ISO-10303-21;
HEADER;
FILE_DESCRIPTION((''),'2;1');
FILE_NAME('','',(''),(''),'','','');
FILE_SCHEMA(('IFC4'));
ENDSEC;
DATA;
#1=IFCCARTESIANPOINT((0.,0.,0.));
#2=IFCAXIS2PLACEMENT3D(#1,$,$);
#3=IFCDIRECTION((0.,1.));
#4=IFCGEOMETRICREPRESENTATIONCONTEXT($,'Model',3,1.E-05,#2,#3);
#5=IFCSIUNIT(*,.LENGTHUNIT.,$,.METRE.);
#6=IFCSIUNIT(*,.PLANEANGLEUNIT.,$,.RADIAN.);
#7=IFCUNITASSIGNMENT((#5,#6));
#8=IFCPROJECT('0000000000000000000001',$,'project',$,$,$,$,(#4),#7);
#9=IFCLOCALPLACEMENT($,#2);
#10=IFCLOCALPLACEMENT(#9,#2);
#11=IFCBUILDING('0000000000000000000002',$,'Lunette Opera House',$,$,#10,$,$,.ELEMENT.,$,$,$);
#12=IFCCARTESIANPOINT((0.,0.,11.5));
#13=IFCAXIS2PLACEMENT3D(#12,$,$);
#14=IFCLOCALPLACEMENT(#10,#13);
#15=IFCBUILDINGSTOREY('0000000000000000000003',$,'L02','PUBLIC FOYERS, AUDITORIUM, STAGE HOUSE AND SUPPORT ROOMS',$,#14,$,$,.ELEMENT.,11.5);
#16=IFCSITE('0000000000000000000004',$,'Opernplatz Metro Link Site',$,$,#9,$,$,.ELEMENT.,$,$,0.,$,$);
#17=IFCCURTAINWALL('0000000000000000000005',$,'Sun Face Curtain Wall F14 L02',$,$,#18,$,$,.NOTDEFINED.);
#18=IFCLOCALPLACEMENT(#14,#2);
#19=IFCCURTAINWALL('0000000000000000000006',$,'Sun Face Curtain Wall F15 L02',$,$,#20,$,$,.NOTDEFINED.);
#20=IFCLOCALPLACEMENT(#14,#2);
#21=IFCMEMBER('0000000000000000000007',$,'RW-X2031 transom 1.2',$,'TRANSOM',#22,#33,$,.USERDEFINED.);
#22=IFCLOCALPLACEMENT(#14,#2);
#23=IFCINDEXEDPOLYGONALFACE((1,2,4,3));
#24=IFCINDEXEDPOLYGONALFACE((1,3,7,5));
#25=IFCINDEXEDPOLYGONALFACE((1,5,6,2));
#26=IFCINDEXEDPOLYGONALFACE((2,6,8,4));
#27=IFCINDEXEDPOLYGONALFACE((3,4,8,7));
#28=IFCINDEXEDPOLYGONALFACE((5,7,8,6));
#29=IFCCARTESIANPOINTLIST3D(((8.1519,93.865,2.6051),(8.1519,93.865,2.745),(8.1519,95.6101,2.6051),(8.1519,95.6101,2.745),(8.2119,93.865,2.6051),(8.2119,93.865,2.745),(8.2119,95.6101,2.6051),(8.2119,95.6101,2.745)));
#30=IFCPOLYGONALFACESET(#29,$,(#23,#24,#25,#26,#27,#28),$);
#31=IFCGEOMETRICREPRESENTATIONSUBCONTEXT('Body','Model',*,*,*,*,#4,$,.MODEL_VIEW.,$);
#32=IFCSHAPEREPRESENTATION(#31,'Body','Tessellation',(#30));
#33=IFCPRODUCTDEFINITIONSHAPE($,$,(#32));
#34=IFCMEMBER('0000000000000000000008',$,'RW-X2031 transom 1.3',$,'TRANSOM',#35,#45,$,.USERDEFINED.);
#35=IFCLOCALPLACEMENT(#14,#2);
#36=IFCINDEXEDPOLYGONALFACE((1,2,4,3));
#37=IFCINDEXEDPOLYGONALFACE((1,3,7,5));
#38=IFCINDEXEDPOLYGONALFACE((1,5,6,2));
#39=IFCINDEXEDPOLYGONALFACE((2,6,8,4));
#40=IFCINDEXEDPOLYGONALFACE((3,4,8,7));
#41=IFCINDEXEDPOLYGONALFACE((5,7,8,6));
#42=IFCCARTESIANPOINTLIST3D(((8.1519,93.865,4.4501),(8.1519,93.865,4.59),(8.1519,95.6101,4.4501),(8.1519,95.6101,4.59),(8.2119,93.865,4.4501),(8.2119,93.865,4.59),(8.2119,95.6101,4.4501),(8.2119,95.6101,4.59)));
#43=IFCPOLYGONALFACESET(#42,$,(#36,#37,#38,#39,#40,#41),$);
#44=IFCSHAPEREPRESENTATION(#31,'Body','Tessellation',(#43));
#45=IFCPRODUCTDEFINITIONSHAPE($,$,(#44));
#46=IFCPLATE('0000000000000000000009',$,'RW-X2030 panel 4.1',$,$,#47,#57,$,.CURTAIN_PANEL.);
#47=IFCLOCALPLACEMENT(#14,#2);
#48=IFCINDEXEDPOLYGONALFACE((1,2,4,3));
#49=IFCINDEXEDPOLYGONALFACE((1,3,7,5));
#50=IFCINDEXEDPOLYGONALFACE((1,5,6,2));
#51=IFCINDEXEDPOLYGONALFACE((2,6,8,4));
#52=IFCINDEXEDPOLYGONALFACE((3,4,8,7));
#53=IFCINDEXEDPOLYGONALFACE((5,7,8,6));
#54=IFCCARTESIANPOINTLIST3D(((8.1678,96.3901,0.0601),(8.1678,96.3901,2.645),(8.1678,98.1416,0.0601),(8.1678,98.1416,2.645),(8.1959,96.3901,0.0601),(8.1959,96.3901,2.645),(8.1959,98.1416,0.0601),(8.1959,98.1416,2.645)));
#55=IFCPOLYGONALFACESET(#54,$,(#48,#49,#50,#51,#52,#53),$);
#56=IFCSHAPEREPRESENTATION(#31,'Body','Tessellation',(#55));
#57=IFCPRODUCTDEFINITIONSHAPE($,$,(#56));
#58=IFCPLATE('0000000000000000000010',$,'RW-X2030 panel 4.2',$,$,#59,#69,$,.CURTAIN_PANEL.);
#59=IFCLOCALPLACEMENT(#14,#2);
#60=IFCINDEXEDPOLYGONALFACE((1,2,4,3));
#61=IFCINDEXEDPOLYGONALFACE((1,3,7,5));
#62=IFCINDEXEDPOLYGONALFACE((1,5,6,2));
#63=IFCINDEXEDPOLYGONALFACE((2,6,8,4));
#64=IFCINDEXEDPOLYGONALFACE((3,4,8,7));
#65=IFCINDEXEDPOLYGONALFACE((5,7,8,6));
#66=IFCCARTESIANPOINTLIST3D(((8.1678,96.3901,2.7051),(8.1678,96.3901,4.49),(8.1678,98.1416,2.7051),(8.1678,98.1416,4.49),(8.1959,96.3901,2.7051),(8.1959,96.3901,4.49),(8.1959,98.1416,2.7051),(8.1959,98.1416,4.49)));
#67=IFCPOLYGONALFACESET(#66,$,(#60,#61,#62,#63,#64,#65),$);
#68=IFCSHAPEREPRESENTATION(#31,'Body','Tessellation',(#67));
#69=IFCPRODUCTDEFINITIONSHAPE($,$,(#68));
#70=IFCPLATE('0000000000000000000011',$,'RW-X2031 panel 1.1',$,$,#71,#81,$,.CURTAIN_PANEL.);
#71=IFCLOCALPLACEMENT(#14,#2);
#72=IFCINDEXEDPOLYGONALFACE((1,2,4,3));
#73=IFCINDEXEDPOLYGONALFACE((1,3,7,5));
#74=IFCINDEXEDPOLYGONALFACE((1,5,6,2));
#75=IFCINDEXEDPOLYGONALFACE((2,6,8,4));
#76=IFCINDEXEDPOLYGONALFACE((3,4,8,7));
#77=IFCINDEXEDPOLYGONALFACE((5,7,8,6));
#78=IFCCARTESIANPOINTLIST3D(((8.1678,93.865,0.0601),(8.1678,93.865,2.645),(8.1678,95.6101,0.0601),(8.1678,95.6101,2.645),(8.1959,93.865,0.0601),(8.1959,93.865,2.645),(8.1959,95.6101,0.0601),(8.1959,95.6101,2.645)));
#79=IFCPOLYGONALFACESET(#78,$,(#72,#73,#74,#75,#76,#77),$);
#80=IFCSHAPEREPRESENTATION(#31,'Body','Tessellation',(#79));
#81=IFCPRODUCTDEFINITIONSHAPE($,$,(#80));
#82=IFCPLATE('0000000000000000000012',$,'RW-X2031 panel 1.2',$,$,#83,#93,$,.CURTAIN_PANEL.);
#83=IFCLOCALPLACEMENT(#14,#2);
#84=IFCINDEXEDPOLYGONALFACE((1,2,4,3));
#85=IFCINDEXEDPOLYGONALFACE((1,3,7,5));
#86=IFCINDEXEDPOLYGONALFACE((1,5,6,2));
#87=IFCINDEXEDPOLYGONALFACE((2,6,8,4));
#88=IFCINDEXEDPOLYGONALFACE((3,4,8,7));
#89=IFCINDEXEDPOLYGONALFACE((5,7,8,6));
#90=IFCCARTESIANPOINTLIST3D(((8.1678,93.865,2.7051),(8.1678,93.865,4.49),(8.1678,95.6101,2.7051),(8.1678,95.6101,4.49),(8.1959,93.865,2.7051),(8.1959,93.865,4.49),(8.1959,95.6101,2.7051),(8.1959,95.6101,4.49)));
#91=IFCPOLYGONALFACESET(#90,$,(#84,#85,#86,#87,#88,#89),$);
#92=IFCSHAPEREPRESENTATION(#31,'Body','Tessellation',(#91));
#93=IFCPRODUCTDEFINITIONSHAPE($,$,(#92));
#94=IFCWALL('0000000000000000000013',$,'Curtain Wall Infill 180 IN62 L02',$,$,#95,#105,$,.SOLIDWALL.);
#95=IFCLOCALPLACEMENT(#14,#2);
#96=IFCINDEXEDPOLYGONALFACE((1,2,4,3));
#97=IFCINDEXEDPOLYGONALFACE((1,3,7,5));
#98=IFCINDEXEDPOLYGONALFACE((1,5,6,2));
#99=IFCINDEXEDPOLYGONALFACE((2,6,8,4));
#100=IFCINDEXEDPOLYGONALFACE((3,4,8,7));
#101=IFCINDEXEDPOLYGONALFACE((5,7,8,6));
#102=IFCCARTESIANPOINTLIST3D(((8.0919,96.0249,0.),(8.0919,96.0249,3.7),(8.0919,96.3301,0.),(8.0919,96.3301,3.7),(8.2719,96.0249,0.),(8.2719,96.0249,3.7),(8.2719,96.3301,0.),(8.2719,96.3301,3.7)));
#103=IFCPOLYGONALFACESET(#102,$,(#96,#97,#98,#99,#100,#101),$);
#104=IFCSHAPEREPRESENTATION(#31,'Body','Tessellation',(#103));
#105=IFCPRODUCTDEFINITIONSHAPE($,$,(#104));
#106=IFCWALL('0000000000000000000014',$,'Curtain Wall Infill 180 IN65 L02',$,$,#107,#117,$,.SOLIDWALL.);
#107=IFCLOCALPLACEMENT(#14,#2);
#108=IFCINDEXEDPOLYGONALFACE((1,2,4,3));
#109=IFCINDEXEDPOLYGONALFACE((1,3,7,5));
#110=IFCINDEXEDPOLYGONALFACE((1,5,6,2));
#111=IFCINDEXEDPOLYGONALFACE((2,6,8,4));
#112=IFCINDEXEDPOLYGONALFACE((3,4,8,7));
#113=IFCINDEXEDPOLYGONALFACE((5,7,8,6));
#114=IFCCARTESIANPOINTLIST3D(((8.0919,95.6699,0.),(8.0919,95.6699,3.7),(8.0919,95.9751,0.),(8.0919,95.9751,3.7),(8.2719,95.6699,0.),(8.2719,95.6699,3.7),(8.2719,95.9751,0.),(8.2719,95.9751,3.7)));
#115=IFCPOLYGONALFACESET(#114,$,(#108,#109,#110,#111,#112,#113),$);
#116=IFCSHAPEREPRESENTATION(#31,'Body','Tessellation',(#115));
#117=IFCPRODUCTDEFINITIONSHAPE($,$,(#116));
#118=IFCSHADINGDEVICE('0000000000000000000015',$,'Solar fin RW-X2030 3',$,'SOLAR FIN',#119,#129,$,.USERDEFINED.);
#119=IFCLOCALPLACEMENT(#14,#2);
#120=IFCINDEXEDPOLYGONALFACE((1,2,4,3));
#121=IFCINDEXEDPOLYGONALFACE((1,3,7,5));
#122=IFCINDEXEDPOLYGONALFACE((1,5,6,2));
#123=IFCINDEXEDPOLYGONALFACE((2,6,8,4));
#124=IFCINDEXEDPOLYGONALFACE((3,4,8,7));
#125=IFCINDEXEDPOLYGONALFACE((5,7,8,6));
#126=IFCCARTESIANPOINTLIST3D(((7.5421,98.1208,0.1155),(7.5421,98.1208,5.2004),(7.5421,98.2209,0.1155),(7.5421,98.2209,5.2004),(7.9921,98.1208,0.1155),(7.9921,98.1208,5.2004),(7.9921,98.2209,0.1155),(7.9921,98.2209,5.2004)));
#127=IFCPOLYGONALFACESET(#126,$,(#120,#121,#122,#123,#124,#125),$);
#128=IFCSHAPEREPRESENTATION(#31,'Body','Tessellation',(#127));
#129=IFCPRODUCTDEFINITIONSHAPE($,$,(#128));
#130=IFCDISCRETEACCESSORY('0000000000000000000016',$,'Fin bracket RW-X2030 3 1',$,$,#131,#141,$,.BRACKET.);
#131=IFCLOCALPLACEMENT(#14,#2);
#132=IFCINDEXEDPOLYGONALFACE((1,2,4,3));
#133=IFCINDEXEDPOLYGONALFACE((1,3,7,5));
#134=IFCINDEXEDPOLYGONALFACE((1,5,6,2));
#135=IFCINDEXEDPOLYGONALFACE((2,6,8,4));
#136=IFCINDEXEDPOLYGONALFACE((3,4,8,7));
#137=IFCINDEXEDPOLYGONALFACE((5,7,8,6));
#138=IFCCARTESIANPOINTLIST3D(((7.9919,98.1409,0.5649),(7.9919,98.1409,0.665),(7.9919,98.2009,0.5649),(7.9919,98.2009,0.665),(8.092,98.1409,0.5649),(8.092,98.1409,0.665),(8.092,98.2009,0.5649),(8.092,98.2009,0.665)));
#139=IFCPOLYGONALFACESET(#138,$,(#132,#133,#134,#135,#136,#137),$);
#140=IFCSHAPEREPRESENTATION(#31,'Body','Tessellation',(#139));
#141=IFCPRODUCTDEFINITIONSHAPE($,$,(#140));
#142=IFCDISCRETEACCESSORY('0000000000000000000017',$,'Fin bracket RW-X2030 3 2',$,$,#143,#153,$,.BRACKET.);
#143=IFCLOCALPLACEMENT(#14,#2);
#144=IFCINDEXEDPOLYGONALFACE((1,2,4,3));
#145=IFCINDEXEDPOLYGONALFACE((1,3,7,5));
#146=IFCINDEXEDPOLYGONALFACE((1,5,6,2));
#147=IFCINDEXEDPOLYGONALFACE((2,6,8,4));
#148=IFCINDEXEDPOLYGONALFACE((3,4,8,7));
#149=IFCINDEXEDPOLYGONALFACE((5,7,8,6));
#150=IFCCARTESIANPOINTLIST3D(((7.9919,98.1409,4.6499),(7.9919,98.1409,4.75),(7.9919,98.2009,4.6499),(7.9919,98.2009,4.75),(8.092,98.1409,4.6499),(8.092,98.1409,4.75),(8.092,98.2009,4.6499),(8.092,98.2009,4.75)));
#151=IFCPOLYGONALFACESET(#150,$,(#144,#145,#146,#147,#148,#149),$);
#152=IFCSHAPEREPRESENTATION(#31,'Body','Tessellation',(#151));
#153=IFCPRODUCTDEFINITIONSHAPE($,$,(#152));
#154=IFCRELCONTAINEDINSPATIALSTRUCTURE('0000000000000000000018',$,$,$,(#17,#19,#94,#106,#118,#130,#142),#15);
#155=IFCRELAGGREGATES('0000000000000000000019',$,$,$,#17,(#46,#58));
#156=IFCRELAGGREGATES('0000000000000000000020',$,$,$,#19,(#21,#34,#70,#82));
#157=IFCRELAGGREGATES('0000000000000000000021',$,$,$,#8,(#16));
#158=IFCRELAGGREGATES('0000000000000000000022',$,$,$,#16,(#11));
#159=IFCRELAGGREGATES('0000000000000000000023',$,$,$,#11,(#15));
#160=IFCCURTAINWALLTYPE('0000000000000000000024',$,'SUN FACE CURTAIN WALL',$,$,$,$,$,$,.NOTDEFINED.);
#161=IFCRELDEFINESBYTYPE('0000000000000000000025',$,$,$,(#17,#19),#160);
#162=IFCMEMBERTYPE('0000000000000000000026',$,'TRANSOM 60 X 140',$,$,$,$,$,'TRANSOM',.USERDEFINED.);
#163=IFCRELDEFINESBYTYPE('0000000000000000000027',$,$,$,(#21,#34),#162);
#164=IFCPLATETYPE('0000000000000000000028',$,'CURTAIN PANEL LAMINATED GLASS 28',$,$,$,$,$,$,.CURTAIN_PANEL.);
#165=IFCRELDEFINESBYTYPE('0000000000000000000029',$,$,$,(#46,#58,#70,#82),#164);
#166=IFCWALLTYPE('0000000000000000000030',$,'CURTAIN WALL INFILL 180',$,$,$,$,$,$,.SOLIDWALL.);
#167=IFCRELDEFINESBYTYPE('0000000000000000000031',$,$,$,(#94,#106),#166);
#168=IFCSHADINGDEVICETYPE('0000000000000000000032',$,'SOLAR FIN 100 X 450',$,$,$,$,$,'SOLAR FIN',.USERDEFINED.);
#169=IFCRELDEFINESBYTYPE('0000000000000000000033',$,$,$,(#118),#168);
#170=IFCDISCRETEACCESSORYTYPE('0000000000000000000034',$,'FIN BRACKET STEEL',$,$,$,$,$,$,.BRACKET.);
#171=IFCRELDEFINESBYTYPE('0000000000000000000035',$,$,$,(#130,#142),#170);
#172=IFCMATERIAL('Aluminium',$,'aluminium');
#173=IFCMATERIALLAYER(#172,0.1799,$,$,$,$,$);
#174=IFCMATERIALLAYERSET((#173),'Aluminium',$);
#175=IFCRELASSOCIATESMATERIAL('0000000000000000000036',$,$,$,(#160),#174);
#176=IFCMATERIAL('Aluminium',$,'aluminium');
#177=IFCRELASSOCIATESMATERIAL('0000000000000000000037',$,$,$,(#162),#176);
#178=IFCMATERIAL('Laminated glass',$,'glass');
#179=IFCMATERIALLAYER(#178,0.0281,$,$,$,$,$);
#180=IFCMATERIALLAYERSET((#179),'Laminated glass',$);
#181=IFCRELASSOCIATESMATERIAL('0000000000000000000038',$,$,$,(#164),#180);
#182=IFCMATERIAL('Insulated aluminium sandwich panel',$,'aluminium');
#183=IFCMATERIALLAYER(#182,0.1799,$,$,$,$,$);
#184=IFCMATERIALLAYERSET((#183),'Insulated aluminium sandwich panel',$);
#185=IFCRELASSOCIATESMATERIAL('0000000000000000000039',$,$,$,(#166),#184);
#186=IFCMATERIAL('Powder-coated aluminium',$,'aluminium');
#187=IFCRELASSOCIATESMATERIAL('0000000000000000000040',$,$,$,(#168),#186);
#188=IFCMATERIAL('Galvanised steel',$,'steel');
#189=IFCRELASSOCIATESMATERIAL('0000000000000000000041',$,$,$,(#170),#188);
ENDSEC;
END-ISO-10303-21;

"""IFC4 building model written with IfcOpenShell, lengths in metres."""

from ifc_helpers import new_model, si_unit, direction, frame, frame_2d, origin, origin_2d, place, context, subcontext, project, spatial, rectangle, extrude, material, layer, layer_set, material_profile, profile_set, type_object, element, aggregate, save


model = new_model("IFC4")

# Units and contexts
model_context = context("Model", 3, precision=1e-05, world=origin(), true_north=direction((0.0, 1.0)))
body_context = subcontext(model_context, "Body", "Model", "MODEL_VIEW")
ifc_project = project(units=[si_unit("LENGTHUNIT", "METRE"), si_unit("PLANEANGLEUNIT", "RADIAN")], contexts=[model_context])

# Site, building, storey
site_placement = place(None, origin())
site = spatial("IfcSite", under=ifc_project, at=site_placement, Name="Opernplatz Metro Link Site", CompositionType="ELEMENT", RefElevation=0.0)
building_placement = place(site_placement, origin())
building = spatial("IfcBuilding", under=site, at=building_placement, Name="Lunette Opera House", CompositionType="ELEMENT")
storey_placement = place(building_placement, frame((0.0, 0.0, 11.5)))
storey = spatial("IfcBuildingStorey", under=building, at=storey_placement, Name="L02", Description="PUBLIC FOYERS, AUDITORIUM, STAGE HOUSE AND SUPPORT ROOMS", CompositionType="ELEMENT", Elevation=11.5)

# Curtain wall
ifc_material_1 = material(Name="Aluminium", Category="aluminium")
ifc_layer_1 = layer(ifc_material_1, 0.1799)
ifc_layer_set_1 = layer_set([ifc_layer_1], Name="Aluminium")
curtain_wall_type = type_object("IfcCurtainWallType", Name="SUN FACE CURTAIN WALL", PredefinedType="NOTDEFINED", material=ifc_layer_set_1)
curtain_wall_1_placement = place(storey_placement, origin())
curtain_wall_1 = element("IfcCurtainWall", 1, at=curtain_wall_1_placement, inside=storey, type_object=curtain_wall_type, Name="Sun Face Curtain Wall F14 L02", PredefinedType="NOTDEFINED")

# Curtain wall
curtain_wall_2_placement = place(storey_placement, origin())
curtain_wall_2 = element("IfcCurtainWall", 2, at=curtain_wall_2_placement, inside=storey, type_object=curtain_wall_type, Name="Sun Face Curtain Wall F15 L02", PredefinedType="NOTDEFINED")

# Members
ifc_material_2 = material(Name="Aluminium", Category="aluminium")
ifc_material_profile_1 = material_profile(ifc_material_2, rectangle(XDim=0.0601, YDim=0.1399, at=origin_2d()), Name="TRANSOM 60 X 140")
ifc_profile_set_1 = profile_set([ifc_material_profile_1], Name="Aluminium")
member_type_1 = type_object("IfcMemberType", Name="TRANSOM 60 X 140", ElementType="TRANSOM", PredefinedType="USERDEFINED", material=ifc_profile_set_1)
member_1_placement = place(storey_placement, frame((8.1819, 95.6101, 2.675), z_axis=(0.0, -1.0, 0.0), x_axis=(1.0, 0.0, 0.0)))
member_1 = element("IfcMember", 3, at=member_1_placement, type_object=member_type_1, Name="RW-X2031 transom 1.2", ObjectType="TRANSOM", PredefinedType="USERDEFINED", context=body_context, shape_type="SweptSolid", body=[
    extrude(rectangle(XDim=0.0601, YDim=0.1399, at=origin_2d()), origin(), (0.0, 0.0, 1.0), 1.7451),
])
member_2_placement = place(storey_placement, frame((8.1819, 95.6101, 4.52), z_axis=(0.0, -1.0, 0.0), x_axis=(1.0, 0.0, 0.0)))
member_2 = element("IfcMember", 4, at=member_2_placement, type_object=member_type_1, Name="RW-X2031 transom 1.3", ObjectType="TRANSOM", PredefinedType="USERDEFINED", context=body_context, shape_type="SweptSolid", body=[
    extrude(rectangle(XDim=0.0601, YDim=0.1399, at=origin_2d()), origin(), (0.0, 0.0, 1.0), 1.7451),
])

# Plates
ifc_material_3 = material(Name="Laminated glass", Category="glass")
ifc_layer_2 = layer(ifc_material_3, 0.0281)
ifc_layer_set_2 = layer_set([ifc_layer_2], Name="Laminated glass")
plate_type = type_object("IfcPlateType", Name="CURTAIN PANEL LAMINATED GLASS 28", PredefinedType="CURTAIN_PANEL", material=ifc_layer_set_2)
plate_1_placement = place(storey_placement, frame((8.1819, 97.2659, 0.0601), z_axis=(0.0, 0.0, 1.0), x_axis=(0.0, -1.0, 0.0)))
plate_1 = element("IfcPlate", 5, at=plate_1_placement, type_object=plate_type, Name="RW-X2030 panel 4.1", PredefinedType="CURTAIN_PANEL", context=body_context, shape_type="SweptSolid", body=[
    extrude(rectangle(XDim=1.7515, YDim=0.0281, at=origin_2d()), origin(), (0.0, 0.0, 1.0), 2.585),
])
plate_2_placement = place(storey_placement, frame((8.1819, 97.2659, 2.7051), z_axis=(0.0, 0.0, 1.0), x_axis=(0.0, -1.0, 0.0)))
plate_2 = element("IfcPlate", 6, at=plate_2_placement, type_object=plate_type, Name="RW-X2030 panel 4.2", PredefinedType="CURTAIN_PANEL", context=body_context, shape_type="SweptSolid", body=[
    extrude(rectangle(XDim=1.7515, YDim=0.0281, at=origin_2d()), origin(), (0.0, 0.0, 1.0), 1.7849),
])
aggregate(curtain_wall_1, [plate_1, plate_2])
plate_3_placement = place(storey_placement, frame((8.1819, 94.7375, 0.0601), z_axis=(0.0, 0.0, 1.0), x_axis=(0.0, -1.0, 0.0)))
plate_3 = element("IfcPlate", 7, at=plate_3_placement, type_object=plate_type, Name="RW-X2031 panel 1.1", PredefinedType="CURTAIN_PANEL", context=body_context, shape_type="SweptSolid", body=[
    extrude(rectangle(XDim=1.7451, YDim=0.0281, at=origin_2d()), origin(), (0.0, 0.0, 1.0), 2.585),
])
plate_4_placement = place(storey_placement, frame((8.1819, 94.7375, 2.7051), z_axis=(0.0, 0.0, 1.0), x_axis=(0.0, -1.0, 0.0)))
plate_4 = element("IfcPlate", 8, at=plate_4_placement, type_object=plate_type, Name="RW-X2031 panel 1.2", PredefinedType="CURTAIN_PANEL", context=body_context, shape_type="SweptSolid", body=[
    extrude(rectangle(XDim=1.7451, YDim=0.0281, at=origin_2d()), origin(), (0.0, 0.0, 1.0), 1.7849),
])
aggregate(curtain_wall_2, [member_1, member_2, plate_3, plate_4])

# Walls
ifc_material_4 = material(Name="Insulated aluminium sandwich panel", Category="aluminium")
ifc_layer_3 = layer(ifc_material_4, 0.1799)
ifc_layer_set_3 = layer_set([ifc_layer_3], Name="Insulated aluminium sandwich panel")
wall_type = type_object("IfcWallType", Name="CURTAIN WALL INFILL 180", PredefinedType="SOLIDWALL", material=ifc_layer_set_3)
for number, where, z_axis, x_axis, name in (
    (9, (8.1819, 96.3301, 0.0), (0.0, 0.0, 1.0), (0.0, -1.0, 0.0), "Curtain Wall Infill 180 IN62 L02"),
    (10, (8.1819, 95.6699, 0.0), (0.0, 0.0, 1.0), (0.0, 1.0, 0.0), "Curtain Wall Infill 180 IN65 L02"),
):
    element("IfcWall", number, at=place(storey_placement, frame(where, z_axis=z_axis, x_axis=x_axis)), inside=storey, type_object=wall_type, Name=name, PredefinedType="SOLIDWALL", context=body_context, shape_type="SweptSolid", body=[
        extrude(rectangle(XDim=0.3052, YDim=0.1799, at=frame_2d((0.1526, 0.0))), origin(), (0.0, 0.0, 1.0), 3.7),
    ])

# Shading device
ifc_material_5 = material(Name="Powder-coated aluminium", Category="aluminium")
shading_device_type = type_object("IfcShadingDeviceType", Name="SOLAR FIN 100 X 450", ElementType="SOLAR FIN", PredefinedType="USERDEFINED", material=ifc_material_5)
shading_device_placement = place(storey_placement, frame((7.7671, 98.1709, 0.1155), z_axis=(0.0, 0.0, 1.0), x_axis=(-1.0, 0.0, 0.0)))
element("IfcShadingDevice", 11, at=shading_device_placement, inside=storey, type_object=shading_device_type, Name="Solar fin RW-X2030 3", ObjectType="SOLAR FIN", PredefinedType="USERDEFINED", context=body_context, shape_type="SweptSolid", body=[
    extrude(rectangle(XDim=0.45, YDim=0.1001, at=origin_2d()), origin(), (0.0, 0.0, 1.0), 5.085),
])

# Discrete accessories
ifc_material_6 = material(Name="Galvanised steel", Category="steel")
discrete_accessory_type = type_object("IfcDiscreteAccessoryType", Name="FIN BRACKET STEEL", PredefinedType="BRACKET", material=ifc_material_6)
for number, where, z_axis, x_axis, name in (
    (12, (8.042, 98.1709, 0.5649), (0.0, 0.0, 1.0), (-1.0, 0.0, 0.0), "Fin bracket RW-X2030 3 1"),
    (13, (8.042, 98.1709, 4.6499), (0.0, 0.0, 1.0), (-1.0, 0.0, 0.0), "Fin bracket RW-X2030 3 2"),
):
    element("IfcDiscreteAccessory", number, at=place(storey_placement, frame(where, z_axis=z_axis, x_axis=x_axis)), inside=storey, type_object=discrete_accessory_type, Name=name, PredefinedType="BRACKET", context=body_context, shape_type="SweptSolid", body=[
        extrude(rectangle(XDim=0.1001, YDim=0.0601, at=origin_2d()), origin(), (0.0, 0.0, 1.0), 0.1001),
    ])

save(model, "model.ifc")
